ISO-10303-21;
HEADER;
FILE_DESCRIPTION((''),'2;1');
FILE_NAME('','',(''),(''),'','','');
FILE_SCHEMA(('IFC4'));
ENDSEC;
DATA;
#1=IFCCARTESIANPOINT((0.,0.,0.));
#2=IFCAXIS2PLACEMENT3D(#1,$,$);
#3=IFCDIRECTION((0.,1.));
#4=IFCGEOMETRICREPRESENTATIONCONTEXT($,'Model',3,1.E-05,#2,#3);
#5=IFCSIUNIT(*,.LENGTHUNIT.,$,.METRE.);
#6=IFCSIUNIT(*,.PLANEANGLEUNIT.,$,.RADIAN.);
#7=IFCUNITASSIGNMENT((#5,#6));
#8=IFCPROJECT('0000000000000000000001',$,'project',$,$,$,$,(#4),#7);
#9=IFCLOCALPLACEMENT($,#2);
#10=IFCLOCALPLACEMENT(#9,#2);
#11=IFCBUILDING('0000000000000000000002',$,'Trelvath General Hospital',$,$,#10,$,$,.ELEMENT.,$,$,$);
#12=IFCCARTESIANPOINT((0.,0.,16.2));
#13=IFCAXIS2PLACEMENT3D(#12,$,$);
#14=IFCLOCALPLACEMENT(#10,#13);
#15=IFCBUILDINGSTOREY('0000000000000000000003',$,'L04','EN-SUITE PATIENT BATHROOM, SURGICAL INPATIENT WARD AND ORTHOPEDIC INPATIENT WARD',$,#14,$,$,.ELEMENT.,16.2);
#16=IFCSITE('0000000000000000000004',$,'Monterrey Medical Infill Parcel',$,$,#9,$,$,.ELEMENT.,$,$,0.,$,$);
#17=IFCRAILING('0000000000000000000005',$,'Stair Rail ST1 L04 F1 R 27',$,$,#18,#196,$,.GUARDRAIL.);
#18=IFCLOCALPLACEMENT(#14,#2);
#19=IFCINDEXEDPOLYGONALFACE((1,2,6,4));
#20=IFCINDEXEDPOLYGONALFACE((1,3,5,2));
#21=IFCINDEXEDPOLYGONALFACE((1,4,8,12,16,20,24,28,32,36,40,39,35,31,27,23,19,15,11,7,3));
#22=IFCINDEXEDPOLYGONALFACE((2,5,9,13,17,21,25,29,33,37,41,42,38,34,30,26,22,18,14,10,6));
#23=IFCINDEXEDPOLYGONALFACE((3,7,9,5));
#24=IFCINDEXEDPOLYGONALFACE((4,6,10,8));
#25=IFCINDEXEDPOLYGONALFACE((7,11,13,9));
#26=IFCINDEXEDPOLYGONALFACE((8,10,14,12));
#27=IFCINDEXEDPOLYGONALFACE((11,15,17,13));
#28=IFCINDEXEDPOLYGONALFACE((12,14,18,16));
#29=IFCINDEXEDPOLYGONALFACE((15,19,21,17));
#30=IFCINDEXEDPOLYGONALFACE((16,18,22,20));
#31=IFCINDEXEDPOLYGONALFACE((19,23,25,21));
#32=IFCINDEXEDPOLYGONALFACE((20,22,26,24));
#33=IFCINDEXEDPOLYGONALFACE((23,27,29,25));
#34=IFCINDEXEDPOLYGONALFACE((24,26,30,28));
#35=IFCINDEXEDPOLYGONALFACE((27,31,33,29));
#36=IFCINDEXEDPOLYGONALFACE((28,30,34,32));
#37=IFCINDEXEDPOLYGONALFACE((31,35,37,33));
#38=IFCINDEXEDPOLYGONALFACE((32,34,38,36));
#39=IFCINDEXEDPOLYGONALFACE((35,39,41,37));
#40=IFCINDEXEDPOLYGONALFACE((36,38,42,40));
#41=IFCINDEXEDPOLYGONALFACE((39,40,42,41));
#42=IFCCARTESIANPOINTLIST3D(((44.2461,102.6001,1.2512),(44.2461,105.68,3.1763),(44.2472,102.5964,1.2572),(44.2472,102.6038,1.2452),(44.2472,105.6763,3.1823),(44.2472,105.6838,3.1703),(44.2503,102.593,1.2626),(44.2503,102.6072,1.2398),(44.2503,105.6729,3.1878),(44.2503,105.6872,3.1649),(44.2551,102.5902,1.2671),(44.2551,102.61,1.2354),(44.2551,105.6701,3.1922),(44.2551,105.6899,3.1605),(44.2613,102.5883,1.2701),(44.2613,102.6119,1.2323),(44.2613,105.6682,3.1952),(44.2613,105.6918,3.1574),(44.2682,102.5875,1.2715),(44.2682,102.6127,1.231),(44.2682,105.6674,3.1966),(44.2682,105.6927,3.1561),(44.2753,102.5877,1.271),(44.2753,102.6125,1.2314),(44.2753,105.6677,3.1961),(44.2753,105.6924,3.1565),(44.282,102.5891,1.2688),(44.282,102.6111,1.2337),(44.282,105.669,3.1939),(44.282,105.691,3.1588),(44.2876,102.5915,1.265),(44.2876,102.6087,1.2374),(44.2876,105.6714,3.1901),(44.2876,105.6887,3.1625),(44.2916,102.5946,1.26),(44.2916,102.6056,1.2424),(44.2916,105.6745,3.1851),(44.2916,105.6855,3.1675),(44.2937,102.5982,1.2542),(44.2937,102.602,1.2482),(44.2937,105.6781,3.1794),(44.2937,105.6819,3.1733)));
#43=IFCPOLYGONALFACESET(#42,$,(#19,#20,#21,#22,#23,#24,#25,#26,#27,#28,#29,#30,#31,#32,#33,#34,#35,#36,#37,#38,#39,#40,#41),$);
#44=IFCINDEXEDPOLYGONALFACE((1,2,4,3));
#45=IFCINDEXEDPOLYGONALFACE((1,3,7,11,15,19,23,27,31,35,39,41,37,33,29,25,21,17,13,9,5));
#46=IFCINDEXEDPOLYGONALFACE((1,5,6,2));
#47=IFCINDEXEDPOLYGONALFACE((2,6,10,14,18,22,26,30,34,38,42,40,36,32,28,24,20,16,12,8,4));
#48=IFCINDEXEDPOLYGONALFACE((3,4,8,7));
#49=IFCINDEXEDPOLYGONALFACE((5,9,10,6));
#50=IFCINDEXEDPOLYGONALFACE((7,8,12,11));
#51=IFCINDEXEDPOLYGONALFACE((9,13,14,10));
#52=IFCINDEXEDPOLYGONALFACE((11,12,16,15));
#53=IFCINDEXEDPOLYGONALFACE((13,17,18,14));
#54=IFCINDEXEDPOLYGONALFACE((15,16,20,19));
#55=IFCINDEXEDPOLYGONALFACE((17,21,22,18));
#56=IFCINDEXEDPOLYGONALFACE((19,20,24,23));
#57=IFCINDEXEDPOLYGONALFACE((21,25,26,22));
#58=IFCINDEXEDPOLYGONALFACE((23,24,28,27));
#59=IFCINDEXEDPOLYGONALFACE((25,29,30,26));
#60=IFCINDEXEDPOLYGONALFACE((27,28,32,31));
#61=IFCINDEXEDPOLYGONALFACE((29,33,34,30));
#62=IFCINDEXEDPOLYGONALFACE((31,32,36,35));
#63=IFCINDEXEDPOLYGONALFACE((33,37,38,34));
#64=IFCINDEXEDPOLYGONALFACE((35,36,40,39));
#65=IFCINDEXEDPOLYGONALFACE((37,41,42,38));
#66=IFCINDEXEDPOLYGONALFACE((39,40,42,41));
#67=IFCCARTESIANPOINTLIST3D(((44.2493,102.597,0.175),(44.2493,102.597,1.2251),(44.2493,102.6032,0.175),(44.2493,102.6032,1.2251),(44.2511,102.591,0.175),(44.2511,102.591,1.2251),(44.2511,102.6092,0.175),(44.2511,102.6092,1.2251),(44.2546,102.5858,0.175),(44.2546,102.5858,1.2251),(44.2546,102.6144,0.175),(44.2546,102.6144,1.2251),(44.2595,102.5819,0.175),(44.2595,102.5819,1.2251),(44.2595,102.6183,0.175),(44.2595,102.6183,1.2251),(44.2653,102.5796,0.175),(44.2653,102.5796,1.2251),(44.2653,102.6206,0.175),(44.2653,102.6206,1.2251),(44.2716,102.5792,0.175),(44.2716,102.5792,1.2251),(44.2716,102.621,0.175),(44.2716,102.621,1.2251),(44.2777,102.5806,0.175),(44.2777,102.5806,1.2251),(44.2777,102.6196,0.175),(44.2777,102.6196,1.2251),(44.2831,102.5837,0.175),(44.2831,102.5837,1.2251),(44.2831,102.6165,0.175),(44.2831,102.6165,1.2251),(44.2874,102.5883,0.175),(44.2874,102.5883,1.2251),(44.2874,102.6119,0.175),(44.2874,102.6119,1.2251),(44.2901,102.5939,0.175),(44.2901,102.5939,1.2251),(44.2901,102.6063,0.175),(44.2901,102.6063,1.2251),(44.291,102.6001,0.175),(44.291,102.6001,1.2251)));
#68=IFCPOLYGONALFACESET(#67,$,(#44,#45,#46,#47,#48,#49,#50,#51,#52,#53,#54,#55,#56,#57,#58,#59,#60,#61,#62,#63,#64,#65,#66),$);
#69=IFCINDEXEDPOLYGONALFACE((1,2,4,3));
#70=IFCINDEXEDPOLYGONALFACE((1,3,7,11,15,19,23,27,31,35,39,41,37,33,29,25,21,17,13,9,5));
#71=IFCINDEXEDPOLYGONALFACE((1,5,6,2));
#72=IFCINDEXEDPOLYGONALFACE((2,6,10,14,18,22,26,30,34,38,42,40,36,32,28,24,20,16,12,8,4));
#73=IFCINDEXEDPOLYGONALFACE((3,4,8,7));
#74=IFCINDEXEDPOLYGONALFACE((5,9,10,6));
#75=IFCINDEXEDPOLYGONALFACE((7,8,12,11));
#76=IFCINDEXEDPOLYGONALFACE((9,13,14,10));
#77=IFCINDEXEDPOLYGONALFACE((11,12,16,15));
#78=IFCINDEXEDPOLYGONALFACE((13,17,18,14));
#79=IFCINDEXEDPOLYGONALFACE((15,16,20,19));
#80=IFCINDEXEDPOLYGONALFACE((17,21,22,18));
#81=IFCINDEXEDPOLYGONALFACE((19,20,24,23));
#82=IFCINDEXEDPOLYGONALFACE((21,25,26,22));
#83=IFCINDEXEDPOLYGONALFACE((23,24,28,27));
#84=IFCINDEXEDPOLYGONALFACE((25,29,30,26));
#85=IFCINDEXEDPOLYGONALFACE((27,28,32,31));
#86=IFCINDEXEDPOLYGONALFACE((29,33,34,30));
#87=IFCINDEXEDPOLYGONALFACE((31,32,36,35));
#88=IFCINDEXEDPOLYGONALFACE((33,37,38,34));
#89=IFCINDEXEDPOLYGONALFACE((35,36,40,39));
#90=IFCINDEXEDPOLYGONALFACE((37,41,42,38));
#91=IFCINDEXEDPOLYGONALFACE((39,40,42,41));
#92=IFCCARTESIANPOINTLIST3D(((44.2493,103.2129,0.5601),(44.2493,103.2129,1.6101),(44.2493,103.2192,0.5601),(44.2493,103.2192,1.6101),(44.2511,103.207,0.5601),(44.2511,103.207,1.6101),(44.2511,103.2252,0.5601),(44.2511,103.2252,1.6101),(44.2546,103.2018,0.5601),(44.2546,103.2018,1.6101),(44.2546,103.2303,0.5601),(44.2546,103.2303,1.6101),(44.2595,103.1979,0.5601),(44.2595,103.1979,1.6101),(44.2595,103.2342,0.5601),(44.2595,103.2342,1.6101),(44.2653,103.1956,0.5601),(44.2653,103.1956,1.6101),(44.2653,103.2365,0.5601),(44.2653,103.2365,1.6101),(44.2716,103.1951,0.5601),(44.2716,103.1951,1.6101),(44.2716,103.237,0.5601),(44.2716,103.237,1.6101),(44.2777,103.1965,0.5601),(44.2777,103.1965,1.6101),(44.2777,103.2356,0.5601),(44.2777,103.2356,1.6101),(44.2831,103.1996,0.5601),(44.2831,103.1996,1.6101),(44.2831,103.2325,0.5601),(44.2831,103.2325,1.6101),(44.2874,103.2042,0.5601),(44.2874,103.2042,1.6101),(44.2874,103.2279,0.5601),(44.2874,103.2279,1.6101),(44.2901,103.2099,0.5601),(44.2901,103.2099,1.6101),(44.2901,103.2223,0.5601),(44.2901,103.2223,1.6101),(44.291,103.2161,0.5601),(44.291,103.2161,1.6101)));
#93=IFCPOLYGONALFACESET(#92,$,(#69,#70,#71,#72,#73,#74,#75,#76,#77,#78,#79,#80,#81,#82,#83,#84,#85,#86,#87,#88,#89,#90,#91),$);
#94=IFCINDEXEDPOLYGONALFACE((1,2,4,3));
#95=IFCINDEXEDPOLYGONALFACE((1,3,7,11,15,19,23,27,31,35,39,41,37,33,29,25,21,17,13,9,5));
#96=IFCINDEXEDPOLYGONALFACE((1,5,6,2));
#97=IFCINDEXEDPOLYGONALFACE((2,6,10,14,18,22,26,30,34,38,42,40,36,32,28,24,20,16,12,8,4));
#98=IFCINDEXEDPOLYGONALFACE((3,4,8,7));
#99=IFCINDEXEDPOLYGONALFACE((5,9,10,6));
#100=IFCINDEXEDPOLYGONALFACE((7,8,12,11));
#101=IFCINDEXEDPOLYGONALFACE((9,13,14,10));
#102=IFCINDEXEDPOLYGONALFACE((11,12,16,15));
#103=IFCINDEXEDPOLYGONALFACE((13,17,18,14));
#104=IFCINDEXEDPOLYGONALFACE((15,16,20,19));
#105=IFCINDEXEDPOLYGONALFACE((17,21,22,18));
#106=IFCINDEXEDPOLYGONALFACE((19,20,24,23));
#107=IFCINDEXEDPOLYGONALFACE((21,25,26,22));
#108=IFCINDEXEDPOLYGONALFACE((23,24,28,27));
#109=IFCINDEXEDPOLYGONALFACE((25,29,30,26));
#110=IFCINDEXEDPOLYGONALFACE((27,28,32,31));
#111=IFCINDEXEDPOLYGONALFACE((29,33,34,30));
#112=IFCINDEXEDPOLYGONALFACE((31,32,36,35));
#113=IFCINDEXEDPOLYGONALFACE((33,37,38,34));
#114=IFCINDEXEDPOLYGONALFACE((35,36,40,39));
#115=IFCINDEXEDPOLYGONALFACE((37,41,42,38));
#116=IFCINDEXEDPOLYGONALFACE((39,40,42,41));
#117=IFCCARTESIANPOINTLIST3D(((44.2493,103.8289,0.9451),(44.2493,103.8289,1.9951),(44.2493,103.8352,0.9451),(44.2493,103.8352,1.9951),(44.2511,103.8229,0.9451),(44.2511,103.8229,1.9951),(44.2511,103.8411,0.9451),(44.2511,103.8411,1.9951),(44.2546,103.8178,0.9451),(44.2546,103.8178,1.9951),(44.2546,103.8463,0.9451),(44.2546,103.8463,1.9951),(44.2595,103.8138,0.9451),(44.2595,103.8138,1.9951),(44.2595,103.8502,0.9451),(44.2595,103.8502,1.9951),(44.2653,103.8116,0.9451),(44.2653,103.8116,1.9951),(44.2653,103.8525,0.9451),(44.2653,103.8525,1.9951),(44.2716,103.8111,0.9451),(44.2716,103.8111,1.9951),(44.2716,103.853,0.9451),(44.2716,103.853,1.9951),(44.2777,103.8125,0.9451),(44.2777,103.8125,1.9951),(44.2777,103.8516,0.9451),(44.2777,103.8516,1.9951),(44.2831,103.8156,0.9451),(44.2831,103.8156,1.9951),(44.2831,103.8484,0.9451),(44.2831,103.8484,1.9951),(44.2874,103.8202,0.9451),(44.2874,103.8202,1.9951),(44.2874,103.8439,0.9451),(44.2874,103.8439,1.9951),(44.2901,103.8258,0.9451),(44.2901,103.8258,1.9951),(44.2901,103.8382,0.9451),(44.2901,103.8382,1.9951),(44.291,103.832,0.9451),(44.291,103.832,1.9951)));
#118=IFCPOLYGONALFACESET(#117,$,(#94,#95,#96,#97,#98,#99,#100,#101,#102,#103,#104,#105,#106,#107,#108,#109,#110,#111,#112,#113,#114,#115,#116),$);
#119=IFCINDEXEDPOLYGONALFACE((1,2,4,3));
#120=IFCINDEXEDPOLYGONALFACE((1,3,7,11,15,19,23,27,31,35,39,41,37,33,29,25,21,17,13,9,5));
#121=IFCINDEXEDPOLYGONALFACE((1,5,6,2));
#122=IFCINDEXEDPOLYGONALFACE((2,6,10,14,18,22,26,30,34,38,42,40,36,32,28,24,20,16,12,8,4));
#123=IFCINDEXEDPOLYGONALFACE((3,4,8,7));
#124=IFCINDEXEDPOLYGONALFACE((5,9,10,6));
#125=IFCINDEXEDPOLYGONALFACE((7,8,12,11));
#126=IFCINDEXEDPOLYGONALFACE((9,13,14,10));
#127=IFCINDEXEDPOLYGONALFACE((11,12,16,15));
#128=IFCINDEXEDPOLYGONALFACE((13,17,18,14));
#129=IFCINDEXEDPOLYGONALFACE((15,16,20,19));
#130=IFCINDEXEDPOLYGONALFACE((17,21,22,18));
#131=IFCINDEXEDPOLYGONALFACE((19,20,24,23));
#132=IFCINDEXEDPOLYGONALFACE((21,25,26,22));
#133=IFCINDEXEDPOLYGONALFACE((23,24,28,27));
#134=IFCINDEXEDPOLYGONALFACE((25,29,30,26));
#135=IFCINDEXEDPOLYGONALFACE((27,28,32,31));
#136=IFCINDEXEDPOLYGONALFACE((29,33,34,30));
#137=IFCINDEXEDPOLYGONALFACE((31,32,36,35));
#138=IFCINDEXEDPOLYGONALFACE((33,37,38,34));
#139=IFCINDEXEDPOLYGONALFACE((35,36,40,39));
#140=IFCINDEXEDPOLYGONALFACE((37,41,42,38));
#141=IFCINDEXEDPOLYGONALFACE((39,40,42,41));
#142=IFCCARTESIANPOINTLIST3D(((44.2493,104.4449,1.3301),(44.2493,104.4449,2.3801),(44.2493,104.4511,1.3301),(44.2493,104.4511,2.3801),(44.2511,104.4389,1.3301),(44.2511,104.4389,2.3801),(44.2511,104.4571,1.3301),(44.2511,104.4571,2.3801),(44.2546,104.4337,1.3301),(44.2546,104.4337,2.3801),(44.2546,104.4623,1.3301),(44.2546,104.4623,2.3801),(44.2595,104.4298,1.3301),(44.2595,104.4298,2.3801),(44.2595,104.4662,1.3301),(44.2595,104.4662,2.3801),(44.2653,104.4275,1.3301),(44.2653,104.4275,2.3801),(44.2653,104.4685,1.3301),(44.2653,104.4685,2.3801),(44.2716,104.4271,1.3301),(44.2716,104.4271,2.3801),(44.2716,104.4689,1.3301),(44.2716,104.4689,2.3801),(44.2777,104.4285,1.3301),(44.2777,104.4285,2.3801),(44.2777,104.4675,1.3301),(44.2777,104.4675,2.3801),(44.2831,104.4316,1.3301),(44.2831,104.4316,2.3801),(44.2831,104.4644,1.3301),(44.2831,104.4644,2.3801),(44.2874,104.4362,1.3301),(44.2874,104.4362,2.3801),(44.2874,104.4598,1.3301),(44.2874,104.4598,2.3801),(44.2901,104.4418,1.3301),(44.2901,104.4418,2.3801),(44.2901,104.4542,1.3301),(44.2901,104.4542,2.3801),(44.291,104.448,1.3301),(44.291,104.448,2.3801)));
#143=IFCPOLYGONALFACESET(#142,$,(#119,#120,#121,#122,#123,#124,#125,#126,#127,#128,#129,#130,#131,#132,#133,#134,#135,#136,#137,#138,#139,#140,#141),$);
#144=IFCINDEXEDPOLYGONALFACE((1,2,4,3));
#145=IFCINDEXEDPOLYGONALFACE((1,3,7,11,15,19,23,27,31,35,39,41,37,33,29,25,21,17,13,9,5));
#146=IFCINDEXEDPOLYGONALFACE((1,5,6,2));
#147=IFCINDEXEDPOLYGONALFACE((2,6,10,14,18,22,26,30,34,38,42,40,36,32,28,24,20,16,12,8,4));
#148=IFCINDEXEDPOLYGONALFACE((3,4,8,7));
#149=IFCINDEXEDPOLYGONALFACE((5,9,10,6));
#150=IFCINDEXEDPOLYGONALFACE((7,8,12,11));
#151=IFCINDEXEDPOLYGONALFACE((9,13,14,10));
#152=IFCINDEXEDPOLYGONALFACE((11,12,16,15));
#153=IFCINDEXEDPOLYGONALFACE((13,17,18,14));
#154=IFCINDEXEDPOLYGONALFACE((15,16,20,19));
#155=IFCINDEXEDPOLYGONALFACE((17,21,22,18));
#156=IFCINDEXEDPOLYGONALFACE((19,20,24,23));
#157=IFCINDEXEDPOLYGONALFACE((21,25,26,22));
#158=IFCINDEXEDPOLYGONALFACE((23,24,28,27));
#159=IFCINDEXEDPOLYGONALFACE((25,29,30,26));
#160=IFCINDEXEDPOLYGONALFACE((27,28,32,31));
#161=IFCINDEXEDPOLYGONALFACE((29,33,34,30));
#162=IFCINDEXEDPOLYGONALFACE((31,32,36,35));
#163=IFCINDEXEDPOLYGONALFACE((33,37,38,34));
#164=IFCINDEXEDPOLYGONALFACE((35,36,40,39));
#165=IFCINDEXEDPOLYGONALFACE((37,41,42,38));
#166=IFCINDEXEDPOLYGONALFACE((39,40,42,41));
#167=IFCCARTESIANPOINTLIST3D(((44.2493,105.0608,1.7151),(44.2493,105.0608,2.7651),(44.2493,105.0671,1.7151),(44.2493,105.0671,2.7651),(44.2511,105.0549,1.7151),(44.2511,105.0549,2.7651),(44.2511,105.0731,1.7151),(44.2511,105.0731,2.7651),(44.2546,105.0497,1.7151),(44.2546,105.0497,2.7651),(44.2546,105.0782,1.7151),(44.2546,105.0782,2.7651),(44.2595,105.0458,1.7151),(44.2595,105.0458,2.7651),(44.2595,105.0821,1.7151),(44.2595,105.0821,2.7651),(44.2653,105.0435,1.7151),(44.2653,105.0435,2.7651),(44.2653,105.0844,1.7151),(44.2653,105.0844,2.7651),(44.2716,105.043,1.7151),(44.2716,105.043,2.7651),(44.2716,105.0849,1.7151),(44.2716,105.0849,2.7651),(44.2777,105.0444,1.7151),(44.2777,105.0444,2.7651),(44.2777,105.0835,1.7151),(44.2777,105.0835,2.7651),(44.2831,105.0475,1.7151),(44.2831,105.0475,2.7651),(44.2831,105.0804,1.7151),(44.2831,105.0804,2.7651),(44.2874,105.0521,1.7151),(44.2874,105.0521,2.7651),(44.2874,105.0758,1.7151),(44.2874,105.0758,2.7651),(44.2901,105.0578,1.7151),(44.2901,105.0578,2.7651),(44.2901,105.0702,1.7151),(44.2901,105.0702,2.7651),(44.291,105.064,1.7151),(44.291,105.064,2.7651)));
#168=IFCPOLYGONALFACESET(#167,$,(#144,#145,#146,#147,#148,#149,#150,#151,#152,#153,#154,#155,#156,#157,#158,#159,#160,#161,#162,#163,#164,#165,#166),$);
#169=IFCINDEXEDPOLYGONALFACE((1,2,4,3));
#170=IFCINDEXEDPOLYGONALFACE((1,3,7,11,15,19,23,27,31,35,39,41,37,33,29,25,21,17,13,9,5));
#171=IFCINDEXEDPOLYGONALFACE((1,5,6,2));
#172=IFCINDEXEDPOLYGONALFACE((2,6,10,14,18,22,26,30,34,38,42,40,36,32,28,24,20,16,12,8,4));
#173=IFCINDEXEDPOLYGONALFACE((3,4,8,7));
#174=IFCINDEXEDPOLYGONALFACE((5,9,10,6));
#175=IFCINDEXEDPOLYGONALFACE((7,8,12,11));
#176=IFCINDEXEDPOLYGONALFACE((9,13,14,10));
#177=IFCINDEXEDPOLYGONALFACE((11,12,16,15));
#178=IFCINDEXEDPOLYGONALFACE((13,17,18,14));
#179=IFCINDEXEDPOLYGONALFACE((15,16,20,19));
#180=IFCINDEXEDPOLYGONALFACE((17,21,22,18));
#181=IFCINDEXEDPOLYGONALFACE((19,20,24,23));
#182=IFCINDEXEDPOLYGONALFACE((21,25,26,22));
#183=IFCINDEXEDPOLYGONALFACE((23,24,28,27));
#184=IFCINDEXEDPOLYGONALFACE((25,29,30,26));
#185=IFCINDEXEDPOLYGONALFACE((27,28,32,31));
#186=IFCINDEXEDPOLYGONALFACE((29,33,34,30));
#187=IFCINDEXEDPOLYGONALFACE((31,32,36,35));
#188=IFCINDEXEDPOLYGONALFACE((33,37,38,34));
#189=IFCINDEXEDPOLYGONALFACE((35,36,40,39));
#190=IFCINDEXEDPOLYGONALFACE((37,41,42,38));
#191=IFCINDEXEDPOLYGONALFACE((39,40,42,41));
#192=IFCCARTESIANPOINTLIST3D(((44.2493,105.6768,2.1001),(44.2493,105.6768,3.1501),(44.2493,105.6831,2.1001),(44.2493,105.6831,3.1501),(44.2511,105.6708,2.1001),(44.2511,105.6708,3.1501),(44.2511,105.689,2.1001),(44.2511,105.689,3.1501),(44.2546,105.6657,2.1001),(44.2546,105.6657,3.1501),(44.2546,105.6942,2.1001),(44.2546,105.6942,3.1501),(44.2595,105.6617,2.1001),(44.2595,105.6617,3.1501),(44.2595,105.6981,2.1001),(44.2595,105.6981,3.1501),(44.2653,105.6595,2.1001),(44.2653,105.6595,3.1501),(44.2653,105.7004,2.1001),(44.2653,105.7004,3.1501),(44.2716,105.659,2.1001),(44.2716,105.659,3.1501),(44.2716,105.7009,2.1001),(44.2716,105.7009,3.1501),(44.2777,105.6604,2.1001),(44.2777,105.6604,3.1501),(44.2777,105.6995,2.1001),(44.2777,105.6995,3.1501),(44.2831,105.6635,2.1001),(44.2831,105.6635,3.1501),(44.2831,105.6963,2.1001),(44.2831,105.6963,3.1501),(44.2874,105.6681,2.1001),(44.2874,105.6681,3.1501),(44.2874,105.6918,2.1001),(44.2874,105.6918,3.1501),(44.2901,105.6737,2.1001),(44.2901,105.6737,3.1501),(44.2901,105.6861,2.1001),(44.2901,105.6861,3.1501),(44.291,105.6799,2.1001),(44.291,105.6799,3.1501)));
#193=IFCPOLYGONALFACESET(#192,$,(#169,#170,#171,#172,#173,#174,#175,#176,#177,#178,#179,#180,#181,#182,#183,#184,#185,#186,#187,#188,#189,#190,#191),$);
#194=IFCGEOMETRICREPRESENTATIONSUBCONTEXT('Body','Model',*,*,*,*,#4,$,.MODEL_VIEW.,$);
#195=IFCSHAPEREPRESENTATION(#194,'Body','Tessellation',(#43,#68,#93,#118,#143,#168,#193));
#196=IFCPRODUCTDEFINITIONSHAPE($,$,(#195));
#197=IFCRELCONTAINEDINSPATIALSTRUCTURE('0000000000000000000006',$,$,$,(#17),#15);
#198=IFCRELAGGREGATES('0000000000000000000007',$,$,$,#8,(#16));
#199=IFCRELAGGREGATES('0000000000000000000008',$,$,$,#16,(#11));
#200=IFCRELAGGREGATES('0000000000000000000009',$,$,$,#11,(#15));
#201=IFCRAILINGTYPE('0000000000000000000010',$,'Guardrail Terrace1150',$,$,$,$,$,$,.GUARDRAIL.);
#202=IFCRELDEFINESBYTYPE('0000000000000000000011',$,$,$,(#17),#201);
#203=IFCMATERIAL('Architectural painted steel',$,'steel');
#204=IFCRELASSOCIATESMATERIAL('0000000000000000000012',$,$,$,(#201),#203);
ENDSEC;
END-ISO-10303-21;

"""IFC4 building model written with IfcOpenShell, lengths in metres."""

from ifc_helpers import new_model, si_unit, direction, frame, origin, origin_2d, place, context, subcontext, project, spatial, circle, extrude, material, type_object, element, save


model = new_model("IFC4")

# Units and contexts
model_context = context("Model", 3, precision=1e-05, world=origin(), true_north=direction((0.0, 1.0)))
body_context = subcontext(model_context, "Body", "Model", "MODEL_VIEW")
ifc_project = project(units=[si_unit("LENGTHUNIT", "METRE"), si_unit("PLANEANGLEUNIT", "RADIAN")], contexts=[model_context])

# Site, building, storey
site_placement = place(None, origin())
site = spatial("IfcSite", under=ifc_project, at=site_placement, Name="Monterrey Medical Infill Parcel", CompositionType="ELEMENT", RefElevation=0.0)
building_placement = place(site_placement, origin())
building = spatial("IfcBuilding", under=site, at=building_placement, Name="Trelvath General Hospital", CompositionType="ELEMENT")
storey_placement = place(building_placement, frame((0.0, 0.0, 16.2)))
storey = spatial("IfcBuildingStorey", under=building, at=storey_placement, Name="L04", Description="EN-SUITE PATIENT BATHROOM, SURGICAL INPATIENT WARD AND ORTHOPEDIC INPATIENT WARD", CompositionType="ELEMENT", Elevation=16.2)

# Railing
ifc_material_1 = material(Name="Architectural painted steel", Category="steel")
railing_type_1 = type_object("IfcRailingType", Name="Guardrail Terrace1150", PredefinedType="GUARDRAIL", material=ifc_material_1)
railing_1_placement = place(storey_placement, frame((44.27, 102.6001, 0.175)))
element("IfcRailing", 1, at=railing_1_placement, inside=storey, type_object=railing_type_1, Name="Stair Rail ST1 L04 F1 R 27", PredefinedType="GUARDRAIL", context=body_context, shape_type="SweptSolid", body=[
    extrude(circle(Radius=0.0239, at=origin_2d()), frame((0.0, 0.0, 1.0762), z_axis=(0.0, 0.847979, 0.530029), x_axis=(-1.0, 0.0, 0.0)), (0.0, 0.0, 1.0), 3.6321),
    extrude(circle(Radius=0.021, at=origin_2d()), origin(), (0.0, 0.0, 1.0), 1.05),
    extrude(circle(Radius=0.021, at=origin_2d()), frame((0.0, 0.616, 0.385)), (0.0, 0.0, 1.0), 1.05),
    extrude(circle(Radius=0.021, at=origin_2d()), frame((0.0, 1.2319, 0.77)), (0.0, 0.0, 1.0), 1.05),
    extrude(circle(Radius=0.021, at=origin_2d()), frame((0.0, 1.8479, 1.155)), (0.0, 0.0, 1.0), 1.05),
    extrude(circle(Radius=0.021, at=origin_2d()), frame((0.0, 2.4639, 1.54)), (0.0, 0.0, 1.0), 1.05),
    extrude(circle(Radius=0.021, at=origin_2d()), frame((0.0, 3.0798, 1.925)), (0.0, 0.0, 1.0), 1.05),
])

save(model, "model.ifc")
